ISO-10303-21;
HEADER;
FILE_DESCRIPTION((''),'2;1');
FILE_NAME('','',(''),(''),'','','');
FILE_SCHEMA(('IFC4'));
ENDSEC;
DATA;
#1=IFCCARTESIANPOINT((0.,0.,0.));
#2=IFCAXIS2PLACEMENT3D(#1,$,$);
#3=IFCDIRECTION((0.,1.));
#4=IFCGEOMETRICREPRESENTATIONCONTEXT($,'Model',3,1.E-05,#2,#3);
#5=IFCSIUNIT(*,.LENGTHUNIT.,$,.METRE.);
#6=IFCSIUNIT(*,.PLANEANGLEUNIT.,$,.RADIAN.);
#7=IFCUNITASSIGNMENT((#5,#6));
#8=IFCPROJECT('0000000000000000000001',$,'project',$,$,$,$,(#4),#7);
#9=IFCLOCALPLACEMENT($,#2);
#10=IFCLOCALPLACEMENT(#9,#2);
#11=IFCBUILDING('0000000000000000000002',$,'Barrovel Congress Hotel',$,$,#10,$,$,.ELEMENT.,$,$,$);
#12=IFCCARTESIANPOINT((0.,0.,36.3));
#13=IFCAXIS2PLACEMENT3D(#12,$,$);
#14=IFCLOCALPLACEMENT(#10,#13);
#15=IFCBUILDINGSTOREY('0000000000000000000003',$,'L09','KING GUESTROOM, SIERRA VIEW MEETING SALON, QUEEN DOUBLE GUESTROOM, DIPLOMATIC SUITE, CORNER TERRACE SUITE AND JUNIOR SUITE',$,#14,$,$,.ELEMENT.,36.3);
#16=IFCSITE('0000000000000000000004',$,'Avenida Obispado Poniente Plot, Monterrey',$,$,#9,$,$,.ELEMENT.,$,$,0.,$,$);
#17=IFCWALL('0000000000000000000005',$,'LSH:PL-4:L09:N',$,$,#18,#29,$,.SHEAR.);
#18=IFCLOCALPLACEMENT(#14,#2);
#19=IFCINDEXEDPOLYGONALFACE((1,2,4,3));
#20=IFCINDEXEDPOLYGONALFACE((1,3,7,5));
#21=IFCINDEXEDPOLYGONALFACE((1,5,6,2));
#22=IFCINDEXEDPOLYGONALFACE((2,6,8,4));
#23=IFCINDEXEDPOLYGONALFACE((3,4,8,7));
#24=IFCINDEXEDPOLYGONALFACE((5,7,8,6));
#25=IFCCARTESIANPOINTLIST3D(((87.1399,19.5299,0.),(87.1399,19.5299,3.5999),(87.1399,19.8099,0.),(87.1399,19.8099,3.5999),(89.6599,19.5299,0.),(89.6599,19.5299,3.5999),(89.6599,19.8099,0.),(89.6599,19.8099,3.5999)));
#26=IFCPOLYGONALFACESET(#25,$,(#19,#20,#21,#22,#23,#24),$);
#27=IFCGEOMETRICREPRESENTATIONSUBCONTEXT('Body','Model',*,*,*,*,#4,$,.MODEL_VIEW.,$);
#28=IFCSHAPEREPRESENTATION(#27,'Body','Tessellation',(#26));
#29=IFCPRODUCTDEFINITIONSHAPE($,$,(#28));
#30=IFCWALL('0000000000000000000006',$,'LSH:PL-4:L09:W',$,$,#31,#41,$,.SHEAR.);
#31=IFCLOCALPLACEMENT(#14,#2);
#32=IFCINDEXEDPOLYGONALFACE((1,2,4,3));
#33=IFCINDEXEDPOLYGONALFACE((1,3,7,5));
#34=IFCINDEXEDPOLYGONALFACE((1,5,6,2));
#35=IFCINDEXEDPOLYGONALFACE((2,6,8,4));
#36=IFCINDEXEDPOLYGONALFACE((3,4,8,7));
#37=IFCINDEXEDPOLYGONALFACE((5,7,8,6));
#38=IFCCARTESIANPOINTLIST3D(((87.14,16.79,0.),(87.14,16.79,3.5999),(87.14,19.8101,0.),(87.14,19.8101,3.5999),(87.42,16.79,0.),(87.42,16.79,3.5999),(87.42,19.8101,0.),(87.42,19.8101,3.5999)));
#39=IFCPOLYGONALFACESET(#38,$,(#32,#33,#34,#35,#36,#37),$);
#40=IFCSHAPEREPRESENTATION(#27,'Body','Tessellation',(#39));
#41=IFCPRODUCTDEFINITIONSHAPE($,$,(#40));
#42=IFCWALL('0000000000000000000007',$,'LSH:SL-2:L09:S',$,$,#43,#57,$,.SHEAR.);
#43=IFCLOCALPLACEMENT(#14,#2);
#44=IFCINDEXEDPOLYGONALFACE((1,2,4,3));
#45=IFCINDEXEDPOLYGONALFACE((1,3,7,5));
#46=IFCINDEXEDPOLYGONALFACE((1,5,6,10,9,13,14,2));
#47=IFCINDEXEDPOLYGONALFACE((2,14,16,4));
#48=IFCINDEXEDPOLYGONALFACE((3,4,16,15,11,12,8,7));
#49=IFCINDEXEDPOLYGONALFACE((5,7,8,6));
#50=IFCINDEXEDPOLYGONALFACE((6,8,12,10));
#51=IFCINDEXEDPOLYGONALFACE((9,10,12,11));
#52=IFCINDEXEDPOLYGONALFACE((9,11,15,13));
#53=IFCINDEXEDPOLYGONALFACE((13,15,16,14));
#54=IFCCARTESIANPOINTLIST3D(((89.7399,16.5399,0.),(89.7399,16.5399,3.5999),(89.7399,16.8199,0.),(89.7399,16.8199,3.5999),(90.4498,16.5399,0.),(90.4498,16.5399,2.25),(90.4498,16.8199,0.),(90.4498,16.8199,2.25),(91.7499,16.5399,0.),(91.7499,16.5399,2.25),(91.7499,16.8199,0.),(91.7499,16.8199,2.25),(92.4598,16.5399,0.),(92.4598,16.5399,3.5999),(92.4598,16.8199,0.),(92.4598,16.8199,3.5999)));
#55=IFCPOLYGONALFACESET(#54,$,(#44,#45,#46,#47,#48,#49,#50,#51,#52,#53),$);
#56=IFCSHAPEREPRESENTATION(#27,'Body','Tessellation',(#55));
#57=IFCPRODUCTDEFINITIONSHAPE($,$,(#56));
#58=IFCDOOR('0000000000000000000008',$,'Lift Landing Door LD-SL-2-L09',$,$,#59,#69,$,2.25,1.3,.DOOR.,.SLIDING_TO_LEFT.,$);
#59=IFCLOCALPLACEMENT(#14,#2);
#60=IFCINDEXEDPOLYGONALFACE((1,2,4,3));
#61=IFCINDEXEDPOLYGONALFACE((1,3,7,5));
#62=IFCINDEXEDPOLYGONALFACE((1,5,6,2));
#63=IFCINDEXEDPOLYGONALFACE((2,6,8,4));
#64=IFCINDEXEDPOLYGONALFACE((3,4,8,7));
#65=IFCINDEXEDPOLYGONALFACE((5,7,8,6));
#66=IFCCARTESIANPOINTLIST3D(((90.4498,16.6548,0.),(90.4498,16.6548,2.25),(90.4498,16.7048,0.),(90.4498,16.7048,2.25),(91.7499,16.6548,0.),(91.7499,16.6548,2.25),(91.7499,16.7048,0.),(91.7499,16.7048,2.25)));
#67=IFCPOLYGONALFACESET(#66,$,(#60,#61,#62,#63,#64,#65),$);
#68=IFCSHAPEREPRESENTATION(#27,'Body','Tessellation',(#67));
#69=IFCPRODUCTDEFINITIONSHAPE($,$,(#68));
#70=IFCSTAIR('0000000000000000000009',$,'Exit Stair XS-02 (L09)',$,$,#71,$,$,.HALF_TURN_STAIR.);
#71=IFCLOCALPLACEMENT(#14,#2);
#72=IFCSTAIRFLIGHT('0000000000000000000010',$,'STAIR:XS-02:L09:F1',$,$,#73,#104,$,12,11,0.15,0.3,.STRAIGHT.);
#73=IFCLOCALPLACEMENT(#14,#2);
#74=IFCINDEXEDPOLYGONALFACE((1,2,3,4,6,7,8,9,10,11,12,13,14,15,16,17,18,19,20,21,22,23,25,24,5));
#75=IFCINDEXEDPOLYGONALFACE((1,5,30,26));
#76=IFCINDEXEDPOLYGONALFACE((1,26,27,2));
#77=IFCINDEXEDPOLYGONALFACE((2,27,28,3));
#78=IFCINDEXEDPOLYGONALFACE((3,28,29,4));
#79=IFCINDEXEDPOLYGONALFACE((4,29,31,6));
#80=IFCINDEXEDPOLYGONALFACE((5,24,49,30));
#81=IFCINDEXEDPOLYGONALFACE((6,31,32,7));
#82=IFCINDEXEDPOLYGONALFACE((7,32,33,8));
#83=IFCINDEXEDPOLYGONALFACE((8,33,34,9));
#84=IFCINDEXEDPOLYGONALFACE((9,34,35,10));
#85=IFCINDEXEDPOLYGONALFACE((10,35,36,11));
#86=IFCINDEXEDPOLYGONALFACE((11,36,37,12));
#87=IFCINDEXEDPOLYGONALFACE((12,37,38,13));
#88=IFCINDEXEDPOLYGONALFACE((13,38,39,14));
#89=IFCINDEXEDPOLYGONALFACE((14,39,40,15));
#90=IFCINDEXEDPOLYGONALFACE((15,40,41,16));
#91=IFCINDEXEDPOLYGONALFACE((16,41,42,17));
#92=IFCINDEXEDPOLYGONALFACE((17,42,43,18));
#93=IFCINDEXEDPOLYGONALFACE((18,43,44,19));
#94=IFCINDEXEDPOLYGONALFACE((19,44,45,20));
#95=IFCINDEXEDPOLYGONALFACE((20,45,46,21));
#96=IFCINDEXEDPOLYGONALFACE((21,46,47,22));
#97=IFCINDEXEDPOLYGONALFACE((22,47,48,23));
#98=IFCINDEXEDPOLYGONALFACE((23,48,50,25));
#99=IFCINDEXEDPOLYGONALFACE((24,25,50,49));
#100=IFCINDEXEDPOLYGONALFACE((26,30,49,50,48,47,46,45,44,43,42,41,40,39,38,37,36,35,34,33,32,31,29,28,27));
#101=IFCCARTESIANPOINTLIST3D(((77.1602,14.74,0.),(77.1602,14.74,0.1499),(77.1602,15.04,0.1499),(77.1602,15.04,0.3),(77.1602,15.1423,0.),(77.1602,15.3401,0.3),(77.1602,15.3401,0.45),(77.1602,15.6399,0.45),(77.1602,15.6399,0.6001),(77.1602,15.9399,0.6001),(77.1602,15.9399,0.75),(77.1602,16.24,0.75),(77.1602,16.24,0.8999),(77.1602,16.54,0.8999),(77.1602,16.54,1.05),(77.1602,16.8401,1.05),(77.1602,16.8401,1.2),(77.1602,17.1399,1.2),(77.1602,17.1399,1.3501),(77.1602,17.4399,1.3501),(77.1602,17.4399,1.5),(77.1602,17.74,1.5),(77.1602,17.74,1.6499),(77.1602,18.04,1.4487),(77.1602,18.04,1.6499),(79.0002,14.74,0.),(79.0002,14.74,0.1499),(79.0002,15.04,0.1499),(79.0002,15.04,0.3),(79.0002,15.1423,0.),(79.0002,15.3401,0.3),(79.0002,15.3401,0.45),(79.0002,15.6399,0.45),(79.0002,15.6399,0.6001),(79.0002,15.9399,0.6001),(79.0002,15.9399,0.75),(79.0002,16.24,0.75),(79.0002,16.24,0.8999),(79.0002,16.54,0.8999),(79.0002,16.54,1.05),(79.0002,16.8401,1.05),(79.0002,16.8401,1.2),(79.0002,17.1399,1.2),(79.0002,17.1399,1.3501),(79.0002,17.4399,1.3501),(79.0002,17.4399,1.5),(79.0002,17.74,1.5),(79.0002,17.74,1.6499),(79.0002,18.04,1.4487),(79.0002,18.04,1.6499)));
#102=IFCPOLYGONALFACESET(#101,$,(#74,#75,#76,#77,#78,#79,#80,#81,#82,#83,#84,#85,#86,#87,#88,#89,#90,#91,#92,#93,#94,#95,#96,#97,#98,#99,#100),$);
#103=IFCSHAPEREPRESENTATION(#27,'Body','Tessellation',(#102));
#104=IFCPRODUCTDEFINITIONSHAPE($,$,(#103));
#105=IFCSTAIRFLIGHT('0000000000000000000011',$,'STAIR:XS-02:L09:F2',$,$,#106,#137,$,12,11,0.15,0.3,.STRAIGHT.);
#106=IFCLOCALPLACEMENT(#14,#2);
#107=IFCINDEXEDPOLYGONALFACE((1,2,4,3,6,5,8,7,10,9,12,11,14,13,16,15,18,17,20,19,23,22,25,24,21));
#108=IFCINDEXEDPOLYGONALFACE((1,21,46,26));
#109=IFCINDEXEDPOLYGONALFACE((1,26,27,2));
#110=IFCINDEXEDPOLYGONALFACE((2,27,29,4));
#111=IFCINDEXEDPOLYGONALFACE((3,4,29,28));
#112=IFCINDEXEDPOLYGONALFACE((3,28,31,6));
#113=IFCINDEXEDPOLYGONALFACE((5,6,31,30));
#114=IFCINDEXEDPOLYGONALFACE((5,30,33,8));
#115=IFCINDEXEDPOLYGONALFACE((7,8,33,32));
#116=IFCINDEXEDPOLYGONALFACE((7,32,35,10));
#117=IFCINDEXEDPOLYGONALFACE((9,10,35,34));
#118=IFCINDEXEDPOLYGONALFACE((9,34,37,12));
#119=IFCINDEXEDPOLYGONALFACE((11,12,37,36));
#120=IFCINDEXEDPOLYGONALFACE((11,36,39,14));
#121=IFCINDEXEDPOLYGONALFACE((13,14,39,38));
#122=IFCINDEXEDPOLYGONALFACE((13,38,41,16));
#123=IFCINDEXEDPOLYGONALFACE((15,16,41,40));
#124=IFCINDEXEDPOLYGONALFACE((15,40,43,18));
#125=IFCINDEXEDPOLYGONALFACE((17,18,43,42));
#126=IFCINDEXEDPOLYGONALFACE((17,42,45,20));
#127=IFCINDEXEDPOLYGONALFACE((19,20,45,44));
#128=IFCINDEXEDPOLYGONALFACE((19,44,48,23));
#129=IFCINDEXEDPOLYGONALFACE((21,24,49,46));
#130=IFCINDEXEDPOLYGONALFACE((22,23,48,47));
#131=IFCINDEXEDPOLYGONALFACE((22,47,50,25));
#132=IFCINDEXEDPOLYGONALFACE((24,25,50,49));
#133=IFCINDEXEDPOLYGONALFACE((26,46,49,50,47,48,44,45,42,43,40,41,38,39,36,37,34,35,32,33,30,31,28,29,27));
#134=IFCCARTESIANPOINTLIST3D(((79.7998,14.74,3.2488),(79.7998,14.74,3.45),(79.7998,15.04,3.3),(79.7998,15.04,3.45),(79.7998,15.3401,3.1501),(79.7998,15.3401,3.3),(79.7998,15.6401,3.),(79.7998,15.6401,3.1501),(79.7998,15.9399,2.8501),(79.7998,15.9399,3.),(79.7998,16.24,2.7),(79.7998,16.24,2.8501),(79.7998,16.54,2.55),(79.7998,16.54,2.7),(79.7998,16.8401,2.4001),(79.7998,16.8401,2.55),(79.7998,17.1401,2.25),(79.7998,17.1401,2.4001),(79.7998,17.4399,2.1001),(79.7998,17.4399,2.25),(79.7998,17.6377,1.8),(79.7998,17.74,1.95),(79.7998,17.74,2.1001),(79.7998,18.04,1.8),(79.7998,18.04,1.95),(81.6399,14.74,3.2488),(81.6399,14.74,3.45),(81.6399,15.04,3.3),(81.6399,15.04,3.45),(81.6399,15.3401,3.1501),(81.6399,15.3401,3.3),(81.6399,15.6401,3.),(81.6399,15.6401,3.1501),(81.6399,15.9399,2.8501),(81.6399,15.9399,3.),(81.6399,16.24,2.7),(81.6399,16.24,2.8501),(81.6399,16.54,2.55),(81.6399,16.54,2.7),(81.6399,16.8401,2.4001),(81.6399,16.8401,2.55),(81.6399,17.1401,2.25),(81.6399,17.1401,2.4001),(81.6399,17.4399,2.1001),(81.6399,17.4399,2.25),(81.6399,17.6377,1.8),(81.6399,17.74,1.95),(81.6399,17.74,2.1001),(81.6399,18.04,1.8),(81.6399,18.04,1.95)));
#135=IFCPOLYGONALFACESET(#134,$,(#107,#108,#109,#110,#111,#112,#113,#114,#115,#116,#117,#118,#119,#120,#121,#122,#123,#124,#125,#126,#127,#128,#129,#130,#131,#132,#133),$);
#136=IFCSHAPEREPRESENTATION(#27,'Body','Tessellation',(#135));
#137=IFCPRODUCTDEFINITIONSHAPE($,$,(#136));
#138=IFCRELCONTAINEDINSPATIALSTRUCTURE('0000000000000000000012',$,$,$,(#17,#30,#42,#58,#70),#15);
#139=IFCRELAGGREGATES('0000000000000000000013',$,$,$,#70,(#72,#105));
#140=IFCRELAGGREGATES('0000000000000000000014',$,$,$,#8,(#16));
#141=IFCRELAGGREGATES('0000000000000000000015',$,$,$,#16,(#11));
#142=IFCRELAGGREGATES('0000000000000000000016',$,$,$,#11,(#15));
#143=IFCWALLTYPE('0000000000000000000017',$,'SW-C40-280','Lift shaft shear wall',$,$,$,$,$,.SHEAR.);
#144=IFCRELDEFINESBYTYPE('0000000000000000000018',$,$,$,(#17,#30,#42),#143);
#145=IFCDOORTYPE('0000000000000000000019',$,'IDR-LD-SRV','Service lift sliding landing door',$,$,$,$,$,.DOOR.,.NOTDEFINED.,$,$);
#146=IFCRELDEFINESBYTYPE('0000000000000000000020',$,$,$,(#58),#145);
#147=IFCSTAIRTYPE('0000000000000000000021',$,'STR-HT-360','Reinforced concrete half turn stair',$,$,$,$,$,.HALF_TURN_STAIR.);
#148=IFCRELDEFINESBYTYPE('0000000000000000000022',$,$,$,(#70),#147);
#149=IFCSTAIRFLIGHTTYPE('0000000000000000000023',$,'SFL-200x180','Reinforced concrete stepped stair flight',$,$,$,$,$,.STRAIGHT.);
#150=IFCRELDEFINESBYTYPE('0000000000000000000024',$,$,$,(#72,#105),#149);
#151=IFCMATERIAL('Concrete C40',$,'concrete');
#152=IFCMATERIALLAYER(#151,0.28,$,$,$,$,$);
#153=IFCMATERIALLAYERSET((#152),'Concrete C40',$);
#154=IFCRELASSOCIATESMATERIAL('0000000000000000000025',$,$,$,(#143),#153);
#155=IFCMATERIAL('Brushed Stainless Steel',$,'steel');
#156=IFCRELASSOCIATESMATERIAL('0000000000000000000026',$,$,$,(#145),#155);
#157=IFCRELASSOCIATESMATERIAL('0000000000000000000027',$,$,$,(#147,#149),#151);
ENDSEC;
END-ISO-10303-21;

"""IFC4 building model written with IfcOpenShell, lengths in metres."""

from ifc_helpers import new_model, si_unit, direction, frame, frame_2d, origin, place, context, subcontext, project, spatial, polyline, rectangle, outline, extrude, material, layer, layer_set, type_object, element, fill, aggregate, save


model = new_model("IFC4")

# Units and contexts
model_context = context("Model", 3, precision=1e-05, world=origin(), true_north=direction((0.0, 1.0)))
body_context = subcontext(model_context, "Body", "Model", "MODEL_VIEW")
ifc_project = project(units=[si_unit("LENGTHUNIT", "METRE"), si_unit("PLANEANGLEUNIT", "RADIAN")], contexts=[model_context])

# Site, building, storey
site_placement = place(None, origin())
site = spatial("IfcSite", under=ifc_project, at=site_placement, Name="Avenida Obispado Poniente Plot, Monterrey", CompositionType="ELEMENT", RefElevation=0.0)
building_placement = place(site_placement, origin())
building = spatial("IfcBuilding", under=site, at=building_placement, Name="Barrovel Congress Hotel", CompositionType="ELEMENT")
storey_placement = place(building_placement, frame((0.0, 0.0, 36.3)))
storey = spatial("IfcBuildingStorey", under=building, at=storey_placement, Name="L09", Description="KING GUESTROOM, SIERRA VIEW MEETING SALON, QUEEN DOUBLE GUESTROOM, DIPLOMATIC SUITE, CORNER TERRACE SUITE AND JUNIOR SUITE", CompositionType="ELEMENT", Elevation=36.3)

# Shared definitions
ifc_material_1 = material(Name="Concrete C40", Category="concrete")
ifc_layer_1 = layer(ifc_material_1, 0.28)
ifc_layer_set_1 = layer_set([ifc_layer_1], Name="Concrete C40")
wall_type = type_object("IfcWallType", Name="SW-C40-280", Description="Lift shaft shear wall", PredefinedType="SHEAR", material=ifc_layer_set_1)

# Shared definitions
ifc_material_2 = material(Name="Brushed Stainless Steel", Category="steel")

# Walls
wall_1_placement = place(storey_placement, frame((89.6599, 19.6699, 0.0), z_axis=(0.0, 0.0, 1.0), x_axis=(-1.0, 0.0, 0.0)))
element("IfcWall", 1, at=wall_1_placement, inside=storey, type_object=wall_type, Name="LSH:PL-4:L09:N", PredefinedType="SHEAR", context=body_context, shape_type="SweptSolid", body=[
    extrude(rectangle(XDim=2.52, YDim=0.28, at=frame_2d((1.26, 0.0))), origin(), (0.0, 0.0, 1.0), 3.5999),
])
wall_2_placement = place(storey_placement, frame((87.28, 19.8101, 0.0), z_axis=(0.0, 0.0, 1.0), x_axis=(0.0, -1.0, 0.0)))
element("IfcWall", 2, at=wall_2_placement, inside=storey, type_object=wall_type, Name="LSH:PL-4:L09:W", PredefinedType="SHEAR", context=body_context, shape_type="SweptSolid", body=[
    extrude(rectangle(XDim=3.02, YDim=0.28, at=frame_2d((1.51, 0.0))), origin(), (0.0, 0.0, 1.0), 3.5999),
])

# Wall, opening, door
wall_3_placement = place(storey_placement, frame((89.74, 16.6799, 0.0), z_axis=(0.0, 0.0, 1.0), x_axis=(1.0, 0.0, 0.0)))
wall_3 = element("IfcWall", 3, at=wall_3_placement, inside=storey, type_object=wall_type, Name="LSH:SL-2:L09:S", PredefinedType="SHEAR", context=body_context, shape_type="SweptSolid", body=[
    extrude(rectangle(XDim=2.72, YDim=0.28, at=frame_2d((1.3599, 0.0))), origin(), (0.0, 0.0, 1.0), 3.5999),
])
opening_1_placement = place(wall_3_placement, frame((0.71, 0.0, 0.0)))
opening_1 = element("IfcOpeningElement", 4, at=opening_1_placement, cuts=wall_3, PredefinedType="OPENING", context=body_context, shape_type="SweptSolid", body=[
    extrude(rectangle(XDim=1.3, YDim=2.25, at=frame_2d((0.6499, 1.125))), frame((0.0, 0.1499, 0.0), z_axis=(0.0, -1.0, 0.0), x_axis=(1.0, 0.0, 0.0)), (0.0, 0.0, 1.0), 0.3),
])
door_type_1 = type_object("IfcDoorType", Name="IDR-LD-SRV", Description="Service lift sliding landing door", OperationType="NOTDEFINED", PredefinedType="DOOR", material=ifc_material_2)
door_1_placement = place(opening_1_placement, origin())
door_1 = element("IfcDoor", 5, at=door_1_placement, inside=storey, type_object=door_type_1, Name="Lift Landing Door LD-SL-2-L09", OperationType="SLIDING_TO_LEFT", OverallHeight=2.25, OverallWidth=1.3, PredefinedType="DOOR", context=body_context, shape_type="SweptSolid", body=[
    extrude(rectangle(XDim=1.3, YDim=2.25, at=frame_2d((0.6499, 1.125))), frame((0.0, 0.0249, 0.0), z_axis=(0.0, -1.0, 0.0), x_axis=(1.0, 0.0, 0.0)), (0.0, 0.0, 1.0), 0.05),
])
fill(opening_1, door_1)

# Stair, stair flights
stair_type = type_object("IfcStairType", Name="STR-HT-360", Description="Reinforced concrete half turn stair", PredefinedType="HALF_TURN_STAIR", material=ifc_material_1)
stair_placement = place(storey_placement, origin())
stair = element("IfcStair", 6, at=stair_placement, inside=storey, type_object=stair_type, Name="Exit Stair XS-02 (L09)", PredefinedType="HALF_TURN_STAIR")
stair_flight_type = type_object("IfcStairFlightType", Name="SFL-200x180", Description="Reinforced concrete stepped stair flight", PredefinedType="STRAIGHT", material=ifc_material_1)
stair_flight_1_placement = place(storey_placement, frame((78.0801, 14.74, 0.0), z_axis=(0.0, 0.0, 1.0), x_axis=(0.0, 1.0, 0.0)))
stair_flight_1 = element("IfcStairFlight", 7, at=stair_flight_1_placement, type_object=stair_flight_type, Name="STAIR:XS-02:L09:F1", NumberOfRisers=12, NumberOfTreads=11, PredefinedType="STRAIGHT", RiserHeight=0.15, TreadLength=0.3, context=body_context, shape_type="SweptSolid", body=[
    extrude(outline(polyline([(0.0, 0.0), (0.0, 0.1499), (0.3, 0.1499), (0.3, 0.3), (0.6001, 0.3), (0.6001, 0.45), (0.8999, 0.45), (0.8999, 0.6001), (1.2, 0.6001), (1.2, 0.75), (1.5, 0.75), (1.5, 0.8999), (1.8, 0.8999), (1.8, 1.05), (2.1001, 1.05), (2.1001, 1.2), (2.3999, 1.2), (2.3999, 1.3501), (2.7, 1.3501), (2.7, 1.5), (3.0, 1.5), (3.0, 1.6499), (3.3, 1.6499), (3.3, 1.8), (3.3, 1.4487), (0.4023, 0.0), (0.0, 0.0)])), frame((0.0, 0.9199, 0.0), z_axis=(0.0, -1.0, 0.0), x_axis=(1.0, 0.0, 0.0)), (0.0, 0.0, 1.0), 1.8401),
])
stair_flight_2_placement = place(storey_placement, frame((80.72, 18.04, 1.8), z_axis=(0.0, 0.0, 1.0), x_axis=(0.0, -1.0, 0.0)))
stair_flight_2 = element("IfcStairFlight", 8, at=stair_flight_2_placement, type_object=stair_flight_type, Name="STAIR:XS-02:L09:F2", NumberOfRisers=12, NumberOfTreads=11, PredefinedType="STRAIGHT", RiserHeight=0.15, TreadLength=0.3, context=body_context, shape_type="SweptSolid", body=[
    extrude(outline(polyline([(0.0, 0.0), (0.0, 0.1499), (0.3, 0.1499), (0.3, 0.3), (0.6001, 0.3), (0.6001, 0.45), (0.8999, 0.45), (0.8999, 0.6001), (1.2, 0.6001), (1.2, 0.75), (1.5, 0.75), (1.5, 0.8999), (1.8, 0.8999), (1.8, 1.05), (2.1001, 1.05), (2.1001, 1.2), (2.3999, 1.2), (2.3999, 1.3501), (2.7, 1.3501), (2.7, 1.5), (3.0, 1.5), (3.0, 1.6499), (3.3, 1.6499), (3.3, 1.8), (3.3, 1.4487), (0.4023, 0.0), (0.0, 0.0)])), frame((0.0, 0.9199, 0.0), z_axis=(0.0, -1.0, 0.0), x_axis=(1.0, 0.0, 0.0)), (0.0, 0.0, 1.0), 1.8401),
])
aggregate(stair, [stair_flight_1, stair_flight_2])

save(model, "model.ifc")
